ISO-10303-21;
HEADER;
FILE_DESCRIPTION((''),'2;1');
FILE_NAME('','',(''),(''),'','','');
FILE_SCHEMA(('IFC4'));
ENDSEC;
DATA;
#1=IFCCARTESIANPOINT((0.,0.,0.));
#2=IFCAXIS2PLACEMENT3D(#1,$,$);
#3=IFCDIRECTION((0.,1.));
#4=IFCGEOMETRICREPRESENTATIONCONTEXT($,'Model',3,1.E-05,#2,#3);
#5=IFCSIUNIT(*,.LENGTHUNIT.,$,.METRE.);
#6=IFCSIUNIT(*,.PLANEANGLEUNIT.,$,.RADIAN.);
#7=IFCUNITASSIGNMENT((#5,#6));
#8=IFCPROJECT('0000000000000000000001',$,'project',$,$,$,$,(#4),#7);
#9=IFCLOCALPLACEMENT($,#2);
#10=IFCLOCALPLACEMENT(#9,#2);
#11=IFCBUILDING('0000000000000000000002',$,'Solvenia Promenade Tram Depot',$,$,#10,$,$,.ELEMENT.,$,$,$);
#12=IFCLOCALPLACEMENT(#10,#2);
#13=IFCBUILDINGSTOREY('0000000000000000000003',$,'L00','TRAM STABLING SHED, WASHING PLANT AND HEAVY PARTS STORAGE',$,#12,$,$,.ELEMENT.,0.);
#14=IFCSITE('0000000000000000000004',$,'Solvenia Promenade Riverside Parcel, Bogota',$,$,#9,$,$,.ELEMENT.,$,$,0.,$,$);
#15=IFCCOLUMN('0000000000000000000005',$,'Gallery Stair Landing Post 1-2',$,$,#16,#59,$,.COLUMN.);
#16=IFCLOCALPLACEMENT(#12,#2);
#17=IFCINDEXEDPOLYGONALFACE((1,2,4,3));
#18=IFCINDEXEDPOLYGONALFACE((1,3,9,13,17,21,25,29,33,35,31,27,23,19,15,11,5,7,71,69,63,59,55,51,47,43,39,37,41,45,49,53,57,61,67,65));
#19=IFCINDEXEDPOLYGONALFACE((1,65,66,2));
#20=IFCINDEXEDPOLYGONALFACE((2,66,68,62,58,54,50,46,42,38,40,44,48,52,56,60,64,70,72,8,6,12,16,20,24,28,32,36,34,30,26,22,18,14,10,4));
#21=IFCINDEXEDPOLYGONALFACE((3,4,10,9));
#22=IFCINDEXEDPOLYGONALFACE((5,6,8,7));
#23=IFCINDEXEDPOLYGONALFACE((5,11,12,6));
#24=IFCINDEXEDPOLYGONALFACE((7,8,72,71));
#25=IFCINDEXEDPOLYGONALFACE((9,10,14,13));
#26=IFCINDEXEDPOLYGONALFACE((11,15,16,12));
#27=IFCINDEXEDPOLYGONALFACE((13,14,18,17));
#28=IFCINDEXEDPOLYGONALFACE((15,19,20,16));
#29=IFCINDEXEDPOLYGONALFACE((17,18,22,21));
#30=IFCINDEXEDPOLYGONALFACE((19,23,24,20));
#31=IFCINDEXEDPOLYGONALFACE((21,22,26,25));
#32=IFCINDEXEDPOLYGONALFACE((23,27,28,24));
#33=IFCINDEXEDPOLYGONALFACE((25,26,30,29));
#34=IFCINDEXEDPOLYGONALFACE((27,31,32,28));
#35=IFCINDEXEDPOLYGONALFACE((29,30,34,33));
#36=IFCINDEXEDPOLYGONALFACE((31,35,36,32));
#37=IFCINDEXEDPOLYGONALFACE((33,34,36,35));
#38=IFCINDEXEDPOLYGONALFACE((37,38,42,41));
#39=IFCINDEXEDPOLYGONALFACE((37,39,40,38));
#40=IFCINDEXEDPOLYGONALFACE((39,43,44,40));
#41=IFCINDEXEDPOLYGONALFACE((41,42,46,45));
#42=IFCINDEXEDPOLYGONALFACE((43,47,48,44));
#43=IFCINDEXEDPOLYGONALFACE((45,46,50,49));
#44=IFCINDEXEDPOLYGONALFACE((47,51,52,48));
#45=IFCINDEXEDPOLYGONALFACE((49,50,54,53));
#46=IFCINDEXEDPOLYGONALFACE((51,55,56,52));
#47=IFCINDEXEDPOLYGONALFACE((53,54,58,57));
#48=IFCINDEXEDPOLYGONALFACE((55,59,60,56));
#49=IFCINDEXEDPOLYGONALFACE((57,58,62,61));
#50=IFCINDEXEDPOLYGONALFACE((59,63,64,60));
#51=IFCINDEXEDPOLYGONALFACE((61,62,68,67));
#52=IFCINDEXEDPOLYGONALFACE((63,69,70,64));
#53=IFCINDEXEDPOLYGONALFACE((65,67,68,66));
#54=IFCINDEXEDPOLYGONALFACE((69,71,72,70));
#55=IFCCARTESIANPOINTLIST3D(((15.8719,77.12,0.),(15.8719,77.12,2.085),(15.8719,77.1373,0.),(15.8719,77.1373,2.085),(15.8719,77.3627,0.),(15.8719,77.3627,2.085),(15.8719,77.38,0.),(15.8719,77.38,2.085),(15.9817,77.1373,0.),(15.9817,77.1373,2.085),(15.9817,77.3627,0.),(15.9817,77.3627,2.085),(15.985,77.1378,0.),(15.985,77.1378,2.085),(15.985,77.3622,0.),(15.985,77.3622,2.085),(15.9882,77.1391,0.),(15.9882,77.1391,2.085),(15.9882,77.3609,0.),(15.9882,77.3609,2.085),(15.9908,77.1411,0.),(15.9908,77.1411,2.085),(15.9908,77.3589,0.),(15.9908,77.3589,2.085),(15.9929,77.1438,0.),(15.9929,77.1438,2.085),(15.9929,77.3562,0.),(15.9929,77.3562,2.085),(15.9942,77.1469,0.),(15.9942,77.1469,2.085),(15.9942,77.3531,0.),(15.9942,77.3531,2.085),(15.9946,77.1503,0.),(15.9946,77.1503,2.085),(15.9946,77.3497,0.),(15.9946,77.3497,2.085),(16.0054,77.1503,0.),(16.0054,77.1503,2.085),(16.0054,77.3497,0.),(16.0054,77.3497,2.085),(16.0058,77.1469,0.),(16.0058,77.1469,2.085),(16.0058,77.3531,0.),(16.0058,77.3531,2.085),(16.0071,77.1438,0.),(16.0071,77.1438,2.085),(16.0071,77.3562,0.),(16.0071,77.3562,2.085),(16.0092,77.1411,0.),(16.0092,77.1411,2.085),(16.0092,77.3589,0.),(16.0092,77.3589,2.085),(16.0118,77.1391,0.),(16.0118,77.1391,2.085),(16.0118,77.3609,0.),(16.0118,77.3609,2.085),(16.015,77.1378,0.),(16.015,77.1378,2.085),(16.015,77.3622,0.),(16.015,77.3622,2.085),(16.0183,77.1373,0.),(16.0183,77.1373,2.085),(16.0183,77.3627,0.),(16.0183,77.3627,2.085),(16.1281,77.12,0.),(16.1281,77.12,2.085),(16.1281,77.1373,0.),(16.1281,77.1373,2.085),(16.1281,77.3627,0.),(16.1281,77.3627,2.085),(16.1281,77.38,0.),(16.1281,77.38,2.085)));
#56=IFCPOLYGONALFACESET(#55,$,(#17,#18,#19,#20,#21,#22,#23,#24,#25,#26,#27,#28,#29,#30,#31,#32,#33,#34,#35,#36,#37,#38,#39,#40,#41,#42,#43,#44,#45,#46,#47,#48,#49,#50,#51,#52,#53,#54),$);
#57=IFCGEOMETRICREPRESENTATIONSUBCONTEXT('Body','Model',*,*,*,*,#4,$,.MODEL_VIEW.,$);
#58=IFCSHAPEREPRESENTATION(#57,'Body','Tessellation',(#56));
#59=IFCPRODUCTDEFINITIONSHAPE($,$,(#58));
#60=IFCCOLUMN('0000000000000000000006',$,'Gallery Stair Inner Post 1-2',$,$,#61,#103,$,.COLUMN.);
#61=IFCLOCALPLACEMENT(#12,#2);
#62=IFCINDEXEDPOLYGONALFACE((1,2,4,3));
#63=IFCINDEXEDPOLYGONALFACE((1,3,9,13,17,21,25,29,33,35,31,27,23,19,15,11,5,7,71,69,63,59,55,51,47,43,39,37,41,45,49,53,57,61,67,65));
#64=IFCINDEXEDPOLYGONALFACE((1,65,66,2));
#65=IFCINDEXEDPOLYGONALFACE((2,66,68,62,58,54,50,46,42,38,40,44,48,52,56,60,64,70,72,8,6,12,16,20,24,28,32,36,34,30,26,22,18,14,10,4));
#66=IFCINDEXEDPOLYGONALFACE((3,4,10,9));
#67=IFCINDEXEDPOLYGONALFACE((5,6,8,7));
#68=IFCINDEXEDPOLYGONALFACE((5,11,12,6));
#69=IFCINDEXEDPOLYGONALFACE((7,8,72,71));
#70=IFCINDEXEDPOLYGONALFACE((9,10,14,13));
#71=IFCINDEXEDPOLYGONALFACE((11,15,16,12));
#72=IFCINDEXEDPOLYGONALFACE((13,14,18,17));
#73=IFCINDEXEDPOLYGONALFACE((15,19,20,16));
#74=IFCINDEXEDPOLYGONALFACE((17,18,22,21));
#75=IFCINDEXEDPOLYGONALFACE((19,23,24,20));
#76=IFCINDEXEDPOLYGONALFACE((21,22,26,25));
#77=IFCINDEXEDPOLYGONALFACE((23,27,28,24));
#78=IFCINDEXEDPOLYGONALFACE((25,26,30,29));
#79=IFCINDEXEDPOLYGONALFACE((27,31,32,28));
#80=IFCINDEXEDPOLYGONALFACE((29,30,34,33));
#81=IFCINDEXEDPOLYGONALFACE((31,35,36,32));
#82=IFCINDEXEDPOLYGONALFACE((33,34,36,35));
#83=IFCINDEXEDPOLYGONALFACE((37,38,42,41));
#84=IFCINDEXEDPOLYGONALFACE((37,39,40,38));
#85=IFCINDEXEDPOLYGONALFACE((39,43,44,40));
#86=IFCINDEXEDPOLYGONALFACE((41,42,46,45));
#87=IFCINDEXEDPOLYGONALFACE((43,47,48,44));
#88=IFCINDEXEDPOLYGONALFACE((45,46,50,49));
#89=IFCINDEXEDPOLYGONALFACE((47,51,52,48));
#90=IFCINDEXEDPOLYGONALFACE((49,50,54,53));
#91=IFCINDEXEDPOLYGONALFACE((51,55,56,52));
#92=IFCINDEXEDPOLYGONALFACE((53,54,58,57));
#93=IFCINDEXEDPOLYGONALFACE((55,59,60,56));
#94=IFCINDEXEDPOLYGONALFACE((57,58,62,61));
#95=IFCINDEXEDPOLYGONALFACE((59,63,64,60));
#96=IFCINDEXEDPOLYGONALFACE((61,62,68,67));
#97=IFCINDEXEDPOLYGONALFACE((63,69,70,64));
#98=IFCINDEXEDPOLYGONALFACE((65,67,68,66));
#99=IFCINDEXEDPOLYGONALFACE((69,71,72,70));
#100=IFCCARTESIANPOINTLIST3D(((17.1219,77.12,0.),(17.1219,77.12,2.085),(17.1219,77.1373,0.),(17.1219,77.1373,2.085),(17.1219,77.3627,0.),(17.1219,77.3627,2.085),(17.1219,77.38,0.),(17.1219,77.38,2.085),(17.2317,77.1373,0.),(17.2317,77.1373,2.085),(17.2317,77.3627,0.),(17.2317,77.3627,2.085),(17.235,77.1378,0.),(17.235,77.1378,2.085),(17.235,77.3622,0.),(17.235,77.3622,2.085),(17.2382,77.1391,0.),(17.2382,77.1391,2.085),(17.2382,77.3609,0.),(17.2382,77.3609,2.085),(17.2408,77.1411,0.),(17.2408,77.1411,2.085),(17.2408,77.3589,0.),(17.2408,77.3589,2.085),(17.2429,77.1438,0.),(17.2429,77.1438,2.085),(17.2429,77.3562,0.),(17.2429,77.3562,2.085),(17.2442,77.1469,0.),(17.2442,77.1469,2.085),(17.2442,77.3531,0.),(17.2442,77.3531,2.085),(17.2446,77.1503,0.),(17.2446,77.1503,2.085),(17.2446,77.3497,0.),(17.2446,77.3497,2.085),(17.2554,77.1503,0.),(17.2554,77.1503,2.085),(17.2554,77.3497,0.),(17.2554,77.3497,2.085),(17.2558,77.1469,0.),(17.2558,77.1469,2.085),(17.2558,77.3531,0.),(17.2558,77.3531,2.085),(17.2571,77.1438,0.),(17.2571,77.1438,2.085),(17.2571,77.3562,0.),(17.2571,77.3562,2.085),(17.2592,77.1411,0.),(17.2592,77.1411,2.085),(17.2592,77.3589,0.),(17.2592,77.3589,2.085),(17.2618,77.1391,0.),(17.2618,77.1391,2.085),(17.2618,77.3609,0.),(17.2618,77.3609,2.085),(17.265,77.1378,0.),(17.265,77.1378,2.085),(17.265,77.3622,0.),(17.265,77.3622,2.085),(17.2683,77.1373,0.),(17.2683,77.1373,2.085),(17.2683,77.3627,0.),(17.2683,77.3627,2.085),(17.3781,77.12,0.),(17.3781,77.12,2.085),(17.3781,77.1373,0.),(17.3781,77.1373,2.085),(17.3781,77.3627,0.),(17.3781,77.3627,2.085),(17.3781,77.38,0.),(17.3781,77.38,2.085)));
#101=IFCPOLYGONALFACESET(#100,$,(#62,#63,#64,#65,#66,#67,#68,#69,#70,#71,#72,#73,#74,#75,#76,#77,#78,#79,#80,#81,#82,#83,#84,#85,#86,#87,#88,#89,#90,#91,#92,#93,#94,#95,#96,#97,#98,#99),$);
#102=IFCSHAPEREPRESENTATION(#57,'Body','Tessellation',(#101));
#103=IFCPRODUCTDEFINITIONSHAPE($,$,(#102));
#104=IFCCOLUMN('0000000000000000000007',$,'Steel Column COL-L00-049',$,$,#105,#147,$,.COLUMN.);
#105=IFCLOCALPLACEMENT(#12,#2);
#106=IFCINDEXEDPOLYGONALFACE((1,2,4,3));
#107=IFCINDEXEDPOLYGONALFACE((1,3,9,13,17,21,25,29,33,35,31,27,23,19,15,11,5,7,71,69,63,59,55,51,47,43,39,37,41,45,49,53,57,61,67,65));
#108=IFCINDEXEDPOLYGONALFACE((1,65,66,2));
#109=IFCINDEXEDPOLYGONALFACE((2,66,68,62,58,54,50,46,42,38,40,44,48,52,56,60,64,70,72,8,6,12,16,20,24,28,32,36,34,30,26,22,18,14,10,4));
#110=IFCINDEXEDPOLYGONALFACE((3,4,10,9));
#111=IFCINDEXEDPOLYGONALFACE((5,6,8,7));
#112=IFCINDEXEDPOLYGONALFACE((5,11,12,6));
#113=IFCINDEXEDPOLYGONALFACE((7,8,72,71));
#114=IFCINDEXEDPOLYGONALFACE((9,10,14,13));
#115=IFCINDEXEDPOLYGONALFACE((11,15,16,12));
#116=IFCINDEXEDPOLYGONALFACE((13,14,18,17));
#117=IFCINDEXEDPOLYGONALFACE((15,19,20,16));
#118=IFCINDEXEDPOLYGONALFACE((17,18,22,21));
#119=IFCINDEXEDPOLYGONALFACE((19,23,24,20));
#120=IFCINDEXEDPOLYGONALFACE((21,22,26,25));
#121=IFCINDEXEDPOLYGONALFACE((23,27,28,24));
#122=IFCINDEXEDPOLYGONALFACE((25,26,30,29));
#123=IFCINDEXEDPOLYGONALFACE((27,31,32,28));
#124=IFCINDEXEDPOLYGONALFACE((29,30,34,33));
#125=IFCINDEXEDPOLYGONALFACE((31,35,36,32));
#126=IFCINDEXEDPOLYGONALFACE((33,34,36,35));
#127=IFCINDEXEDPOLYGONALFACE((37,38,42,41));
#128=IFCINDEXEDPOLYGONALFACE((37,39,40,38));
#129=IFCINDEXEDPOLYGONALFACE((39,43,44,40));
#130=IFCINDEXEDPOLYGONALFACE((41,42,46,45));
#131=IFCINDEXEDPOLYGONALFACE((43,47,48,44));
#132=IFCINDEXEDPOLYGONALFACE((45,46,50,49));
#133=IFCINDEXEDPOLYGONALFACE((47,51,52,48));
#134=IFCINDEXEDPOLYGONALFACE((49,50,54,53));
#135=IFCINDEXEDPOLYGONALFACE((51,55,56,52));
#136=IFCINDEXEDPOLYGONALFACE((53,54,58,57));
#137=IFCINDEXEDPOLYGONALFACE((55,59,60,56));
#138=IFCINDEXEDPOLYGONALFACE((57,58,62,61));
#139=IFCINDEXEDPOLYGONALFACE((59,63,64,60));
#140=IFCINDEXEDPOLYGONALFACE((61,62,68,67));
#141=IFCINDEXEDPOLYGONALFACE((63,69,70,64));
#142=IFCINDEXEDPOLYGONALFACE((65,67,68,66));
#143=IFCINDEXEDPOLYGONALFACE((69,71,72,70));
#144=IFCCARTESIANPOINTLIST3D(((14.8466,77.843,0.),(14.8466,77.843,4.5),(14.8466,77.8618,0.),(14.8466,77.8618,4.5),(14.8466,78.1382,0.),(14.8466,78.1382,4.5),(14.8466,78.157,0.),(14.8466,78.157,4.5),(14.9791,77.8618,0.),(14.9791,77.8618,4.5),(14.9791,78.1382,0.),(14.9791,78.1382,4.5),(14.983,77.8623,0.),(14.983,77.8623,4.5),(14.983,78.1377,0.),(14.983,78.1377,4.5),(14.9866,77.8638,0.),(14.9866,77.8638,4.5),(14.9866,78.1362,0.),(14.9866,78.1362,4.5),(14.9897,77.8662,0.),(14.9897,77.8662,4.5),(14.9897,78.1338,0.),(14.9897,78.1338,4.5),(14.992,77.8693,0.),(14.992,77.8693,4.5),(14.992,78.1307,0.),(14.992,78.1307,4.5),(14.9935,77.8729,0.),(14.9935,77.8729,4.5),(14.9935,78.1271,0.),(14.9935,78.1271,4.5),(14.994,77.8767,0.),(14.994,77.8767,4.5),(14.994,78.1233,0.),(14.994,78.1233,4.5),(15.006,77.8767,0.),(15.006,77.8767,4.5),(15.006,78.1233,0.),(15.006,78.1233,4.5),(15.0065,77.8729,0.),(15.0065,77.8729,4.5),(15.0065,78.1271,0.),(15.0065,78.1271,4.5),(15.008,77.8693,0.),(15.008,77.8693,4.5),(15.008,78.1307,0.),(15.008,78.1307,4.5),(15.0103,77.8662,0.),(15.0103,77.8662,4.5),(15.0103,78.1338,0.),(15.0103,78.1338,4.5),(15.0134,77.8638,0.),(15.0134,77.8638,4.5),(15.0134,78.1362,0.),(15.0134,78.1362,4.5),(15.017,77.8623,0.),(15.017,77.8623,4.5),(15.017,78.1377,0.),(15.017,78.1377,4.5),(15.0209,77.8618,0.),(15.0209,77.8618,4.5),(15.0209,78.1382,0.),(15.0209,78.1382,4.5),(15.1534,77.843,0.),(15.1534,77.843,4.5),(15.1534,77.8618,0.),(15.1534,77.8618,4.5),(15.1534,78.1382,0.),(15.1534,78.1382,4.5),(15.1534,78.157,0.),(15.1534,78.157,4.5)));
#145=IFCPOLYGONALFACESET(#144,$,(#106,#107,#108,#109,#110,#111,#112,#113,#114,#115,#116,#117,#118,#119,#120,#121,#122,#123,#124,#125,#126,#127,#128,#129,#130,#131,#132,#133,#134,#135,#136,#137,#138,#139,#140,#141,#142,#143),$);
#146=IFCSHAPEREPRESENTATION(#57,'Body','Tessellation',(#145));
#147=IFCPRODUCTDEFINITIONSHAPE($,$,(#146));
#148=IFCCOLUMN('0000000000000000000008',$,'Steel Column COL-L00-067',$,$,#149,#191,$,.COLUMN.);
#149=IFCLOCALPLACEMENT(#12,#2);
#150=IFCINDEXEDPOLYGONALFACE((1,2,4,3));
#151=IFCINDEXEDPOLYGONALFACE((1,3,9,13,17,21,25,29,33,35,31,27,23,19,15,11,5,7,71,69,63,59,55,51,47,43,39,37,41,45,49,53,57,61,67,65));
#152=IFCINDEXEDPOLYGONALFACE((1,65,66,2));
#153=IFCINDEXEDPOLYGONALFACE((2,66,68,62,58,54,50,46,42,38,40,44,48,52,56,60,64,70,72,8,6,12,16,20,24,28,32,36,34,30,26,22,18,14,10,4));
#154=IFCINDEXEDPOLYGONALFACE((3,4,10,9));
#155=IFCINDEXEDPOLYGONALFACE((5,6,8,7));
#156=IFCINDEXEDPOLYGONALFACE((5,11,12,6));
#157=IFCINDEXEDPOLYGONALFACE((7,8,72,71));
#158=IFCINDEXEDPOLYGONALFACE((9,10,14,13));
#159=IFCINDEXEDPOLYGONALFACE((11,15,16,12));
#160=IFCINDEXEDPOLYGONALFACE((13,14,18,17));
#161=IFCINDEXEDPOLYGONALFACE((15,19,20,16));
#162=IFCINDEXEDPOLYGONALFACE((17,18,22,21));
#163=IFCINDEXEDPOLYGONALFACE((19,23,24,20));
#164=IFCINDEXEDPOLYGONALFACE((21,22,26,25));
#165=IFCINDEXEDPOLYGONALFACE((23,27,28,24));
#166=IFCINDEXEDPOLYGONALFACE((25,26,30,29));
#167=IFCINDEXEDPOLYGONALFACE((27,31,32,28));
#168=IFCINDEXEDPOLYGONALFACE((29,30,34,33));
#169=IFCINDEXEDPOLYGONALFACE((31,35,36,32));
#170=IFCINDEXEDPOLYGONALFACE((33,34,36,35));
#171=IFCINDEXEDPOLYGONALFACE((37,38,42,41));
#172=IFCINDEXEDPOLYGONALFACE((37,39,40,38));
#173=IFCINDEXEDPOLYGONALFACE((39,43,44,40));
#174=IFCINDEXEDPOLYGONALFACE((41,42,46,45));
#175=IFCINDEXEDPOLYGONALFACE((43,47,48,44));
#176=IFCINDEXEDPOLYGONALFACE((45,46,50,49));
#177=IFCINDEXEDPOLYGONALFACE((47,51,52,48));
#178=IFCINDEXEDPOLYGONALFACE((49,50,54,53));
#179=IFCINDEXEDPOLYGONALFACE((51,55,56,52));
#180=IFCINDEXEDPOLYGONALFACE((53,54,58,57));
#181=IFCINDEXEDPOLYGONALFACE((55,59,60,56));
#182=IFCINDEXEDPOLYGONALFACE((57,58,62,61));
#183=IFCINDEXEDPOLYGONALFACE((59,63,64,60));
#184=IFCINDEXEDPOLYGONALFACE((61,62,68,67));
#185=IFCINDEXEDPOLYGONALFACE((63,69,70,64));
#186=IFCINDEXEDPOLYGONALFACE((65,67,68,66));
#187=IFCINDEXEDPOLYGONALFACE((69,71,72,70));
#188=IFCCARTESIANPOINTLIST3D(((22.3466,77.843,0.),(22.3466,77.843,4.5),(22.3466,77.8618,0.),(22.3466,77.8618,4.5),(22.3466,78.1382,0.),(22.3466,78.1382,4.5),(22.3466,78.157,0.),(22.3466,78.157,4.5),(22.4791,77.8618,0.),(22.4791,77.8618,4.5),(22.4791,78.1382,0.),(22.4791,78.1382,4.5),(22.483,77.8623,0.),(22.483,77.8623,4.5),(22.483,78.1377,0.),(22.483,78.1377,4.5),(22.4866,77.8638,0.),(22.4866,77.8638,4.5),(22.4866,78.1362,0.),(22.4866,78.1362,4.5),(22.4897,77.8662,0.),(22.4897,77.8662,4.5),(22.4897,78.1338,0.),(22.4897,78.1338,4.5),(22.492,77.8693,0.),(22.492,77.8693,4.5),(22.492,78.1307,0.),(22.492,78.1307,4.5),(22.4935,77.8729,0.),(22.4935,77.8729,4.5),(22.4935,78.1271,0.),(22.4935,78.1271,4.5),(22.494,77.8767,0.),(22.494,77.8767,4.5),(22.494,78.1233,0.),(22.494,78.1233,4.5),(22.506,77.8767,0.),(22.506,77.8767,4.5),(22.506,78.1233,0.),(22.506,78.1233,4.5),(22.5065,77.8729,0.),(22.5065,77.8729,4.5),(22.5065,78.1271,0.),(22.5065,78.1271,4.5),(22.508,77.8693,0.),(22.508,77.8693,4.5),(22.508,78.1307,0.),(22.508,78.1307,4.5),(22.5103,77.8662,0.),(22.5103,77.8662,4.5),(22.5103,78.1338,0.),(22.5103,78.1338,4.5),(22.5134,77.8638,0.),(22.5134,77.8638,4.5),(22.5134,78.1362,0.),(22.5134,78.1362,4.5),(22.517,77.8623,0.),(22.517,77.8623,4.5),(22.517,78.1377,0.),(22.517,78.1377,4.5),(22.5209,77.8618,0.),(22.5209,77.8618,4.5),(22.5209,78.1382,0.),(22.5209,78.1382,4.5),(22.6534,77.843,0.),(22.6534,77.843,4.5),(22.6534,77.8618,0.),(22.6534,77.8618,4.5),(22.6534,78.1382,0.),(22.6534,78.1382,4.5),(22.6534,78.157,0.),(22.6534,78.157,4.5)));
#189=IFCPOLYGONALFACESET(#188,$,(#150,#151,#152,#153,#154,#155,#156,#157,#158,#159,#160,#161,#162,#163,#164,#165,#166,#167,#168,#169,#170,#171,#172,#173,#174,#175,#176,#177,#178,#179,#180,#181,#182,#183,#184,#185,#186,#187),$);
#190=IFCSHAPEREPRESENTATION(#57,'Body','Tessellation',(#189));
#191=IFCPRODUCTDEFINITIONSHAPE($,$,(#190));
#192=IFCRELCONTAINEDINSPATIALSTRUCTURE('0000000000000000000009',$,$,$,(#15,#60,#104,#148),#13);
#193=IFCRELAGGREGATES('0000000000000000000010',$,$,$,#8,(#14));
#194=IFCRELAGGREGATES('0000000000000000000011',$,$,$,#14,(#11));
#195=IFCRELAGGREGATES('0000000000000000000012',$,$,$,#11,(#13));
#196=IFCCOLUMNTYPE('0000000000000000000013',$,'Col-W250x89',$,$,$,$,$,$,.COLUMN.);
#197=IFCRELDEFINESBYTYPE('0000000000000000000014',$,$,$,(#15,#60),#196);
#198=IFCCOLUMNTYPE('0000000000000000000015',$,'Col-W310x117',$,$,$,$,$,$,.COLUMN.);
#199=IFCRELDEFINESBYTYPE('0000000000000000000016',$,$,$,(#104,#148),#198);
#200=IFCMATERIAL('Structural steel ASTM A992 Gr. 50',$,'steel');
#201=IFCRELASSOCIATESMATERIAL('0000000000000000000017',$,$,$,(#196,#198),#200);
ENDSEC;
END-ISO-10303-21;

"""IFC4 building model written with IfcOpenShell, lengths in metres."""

from ifc_helpers import new_model, si_unit, direction, frame, origin, origin_2d, place, context, subcontext, project, spatial, i_section, extrude, material, material_profile, profile_set, type_object, element, save


model = new_model("IFC4")

# Units and contexts
model_context = context("Model", 3, precision=1e-05, world=origin(), true_north=direction((0.0, 1.0)))
body_context = subcontext(model_context, "Body", "Model", "MODEL_VIEW")
ifc_project = project(units=[si_unit("LENGTHUNIT", "METRE"), si_unit("PLANEANGLEUNIT", "RADIAN")], contexts=[model_context])

# Site, building, storey
site_placement = place(None, origin())
site = spatial("IfcSite", under=ifc_project, at=site_placement, Name="Solvenia Promenade Riverside Parcel, Bogota", CompositionType="ELEMENT", RefElevation=0.0)
building_placement = place(site_placement, origin())
building = spatial("IfcBuilding", under=site, at=building_placement, Name="Solvenia Promenade Tram Depot", CompositionType="ELEMENT")
storey_placement = place(building_placement, origin())
storey = spatial("IfcBuildingStorey", under=building, at=storey_placement, Name="L00", Description="TRAM STABLING SHED, WASHING PLANT AND HEAVY PARTS STORAGE", CompositionType="ELEMENT", Elevation=0.0)

# Columns
ifc_material_1 = material(Name="Structural steel ASTM A992 Gr. 50", Category="steel")
ifc_material_profile_1 = material_profile(ifc_material_1, i_section(OverallWidth=0.2561, OverallDepth=0.26, WebThickness=0.0107, FlangeThickness=0.0173, FilletRadius=0.0129, at=origin_2d()), Name="W250x89", Category="steel")
ifc_profile_set_1 = profile_set([ifc_material_profile_1], Name="Structural steel ASTM A992 Gr. 50")
column_type_1 = type_object("IfcColumnType", Name="Col-W250x89", PredefinedType="COLUMN", material=ifc_profile_set_1)
for number, where, z_axis, x_axis, name in (
    (1, (16.0, 77.25, 0.0), (0.0, 0.0, 1.0), (1.0, 0.0, 0.0), "Gallery Stair Landing Post 1-2"),
    (2, (17.25, 77.25, 0.0), (0.0, 0.0, 1.0), (1.0, 0.0, 0.0), "Gallery Stair Inner Post 1-2"),
):
    element("IfcColumn", number, at=place(storey_placement, frame(where, z_axis=z_axis, x_axis=x_axis)), inside=storey, type_object=column_type_1, Name=name, PredefinedType="COLUMN", context=body_context, shape_type="SweptSolid", body=[
        extrude(i_section(OverallWidth=0.2561, OverallDepth=0.26, WebThickness=0.0107, FlangeThickness=0.0173, FilletRadius=0.0129, at=origin_2d()), origin(), (0.0, 0.0, 1.0), 2.085),
    ])
ifc_material_profile_2 = material_profile(ifc_material_1, i_section(OverallWidth=0.3069, OverallDepth=0.314, WebThickness=0.012, FlangeThickness=0.0188, FilletRadius=0.0149, at=origin_2d()), Name="W310x117", Category="steel")
ifc_profile_set_2 = profile_set([ifc_material_profile_2], Name="Structural steel ASTM A992 Gr. 50")
column_type_2 = type_object("IfcColumnType", Name="Col-W310x117", PredefinedType="COLUMN", material=ifc_profile_set_2)
for number, where, z_axis, x_axis, name in (
    (3, (15.0, 78.0, 0.0), (0.0, 0.0, 1.0), (1.0, 0.0, 0.0), "Steel Column COL-L00-049"),
    (4, (22.5, 78.0, 0.0), (0.0, 0.0, 1.0), (1.0, 0.0, 0.0), "Steel Column COL-L00-067"),
):
    element("IfcColumn", number, at=place(storey_placement, frame(where, z_axis=z_axis, x_axis=x_axis)), inside=storey, type_object=column_type_2, Name=name, PredefinedType="COLUMN", context=body_context, shape_type="SweptSolid", body=[
        extrude(i_section(OverallWidth=0.3069, OverallDepth=0.314, WebThickness=0.012, FlangeThickness=0.0188, FilletRadius=0.0149, at=origin_2d()), origin(), (0.0, 0.0, 1.0), 4.5),
    ])

save(model, "model.ifc")
